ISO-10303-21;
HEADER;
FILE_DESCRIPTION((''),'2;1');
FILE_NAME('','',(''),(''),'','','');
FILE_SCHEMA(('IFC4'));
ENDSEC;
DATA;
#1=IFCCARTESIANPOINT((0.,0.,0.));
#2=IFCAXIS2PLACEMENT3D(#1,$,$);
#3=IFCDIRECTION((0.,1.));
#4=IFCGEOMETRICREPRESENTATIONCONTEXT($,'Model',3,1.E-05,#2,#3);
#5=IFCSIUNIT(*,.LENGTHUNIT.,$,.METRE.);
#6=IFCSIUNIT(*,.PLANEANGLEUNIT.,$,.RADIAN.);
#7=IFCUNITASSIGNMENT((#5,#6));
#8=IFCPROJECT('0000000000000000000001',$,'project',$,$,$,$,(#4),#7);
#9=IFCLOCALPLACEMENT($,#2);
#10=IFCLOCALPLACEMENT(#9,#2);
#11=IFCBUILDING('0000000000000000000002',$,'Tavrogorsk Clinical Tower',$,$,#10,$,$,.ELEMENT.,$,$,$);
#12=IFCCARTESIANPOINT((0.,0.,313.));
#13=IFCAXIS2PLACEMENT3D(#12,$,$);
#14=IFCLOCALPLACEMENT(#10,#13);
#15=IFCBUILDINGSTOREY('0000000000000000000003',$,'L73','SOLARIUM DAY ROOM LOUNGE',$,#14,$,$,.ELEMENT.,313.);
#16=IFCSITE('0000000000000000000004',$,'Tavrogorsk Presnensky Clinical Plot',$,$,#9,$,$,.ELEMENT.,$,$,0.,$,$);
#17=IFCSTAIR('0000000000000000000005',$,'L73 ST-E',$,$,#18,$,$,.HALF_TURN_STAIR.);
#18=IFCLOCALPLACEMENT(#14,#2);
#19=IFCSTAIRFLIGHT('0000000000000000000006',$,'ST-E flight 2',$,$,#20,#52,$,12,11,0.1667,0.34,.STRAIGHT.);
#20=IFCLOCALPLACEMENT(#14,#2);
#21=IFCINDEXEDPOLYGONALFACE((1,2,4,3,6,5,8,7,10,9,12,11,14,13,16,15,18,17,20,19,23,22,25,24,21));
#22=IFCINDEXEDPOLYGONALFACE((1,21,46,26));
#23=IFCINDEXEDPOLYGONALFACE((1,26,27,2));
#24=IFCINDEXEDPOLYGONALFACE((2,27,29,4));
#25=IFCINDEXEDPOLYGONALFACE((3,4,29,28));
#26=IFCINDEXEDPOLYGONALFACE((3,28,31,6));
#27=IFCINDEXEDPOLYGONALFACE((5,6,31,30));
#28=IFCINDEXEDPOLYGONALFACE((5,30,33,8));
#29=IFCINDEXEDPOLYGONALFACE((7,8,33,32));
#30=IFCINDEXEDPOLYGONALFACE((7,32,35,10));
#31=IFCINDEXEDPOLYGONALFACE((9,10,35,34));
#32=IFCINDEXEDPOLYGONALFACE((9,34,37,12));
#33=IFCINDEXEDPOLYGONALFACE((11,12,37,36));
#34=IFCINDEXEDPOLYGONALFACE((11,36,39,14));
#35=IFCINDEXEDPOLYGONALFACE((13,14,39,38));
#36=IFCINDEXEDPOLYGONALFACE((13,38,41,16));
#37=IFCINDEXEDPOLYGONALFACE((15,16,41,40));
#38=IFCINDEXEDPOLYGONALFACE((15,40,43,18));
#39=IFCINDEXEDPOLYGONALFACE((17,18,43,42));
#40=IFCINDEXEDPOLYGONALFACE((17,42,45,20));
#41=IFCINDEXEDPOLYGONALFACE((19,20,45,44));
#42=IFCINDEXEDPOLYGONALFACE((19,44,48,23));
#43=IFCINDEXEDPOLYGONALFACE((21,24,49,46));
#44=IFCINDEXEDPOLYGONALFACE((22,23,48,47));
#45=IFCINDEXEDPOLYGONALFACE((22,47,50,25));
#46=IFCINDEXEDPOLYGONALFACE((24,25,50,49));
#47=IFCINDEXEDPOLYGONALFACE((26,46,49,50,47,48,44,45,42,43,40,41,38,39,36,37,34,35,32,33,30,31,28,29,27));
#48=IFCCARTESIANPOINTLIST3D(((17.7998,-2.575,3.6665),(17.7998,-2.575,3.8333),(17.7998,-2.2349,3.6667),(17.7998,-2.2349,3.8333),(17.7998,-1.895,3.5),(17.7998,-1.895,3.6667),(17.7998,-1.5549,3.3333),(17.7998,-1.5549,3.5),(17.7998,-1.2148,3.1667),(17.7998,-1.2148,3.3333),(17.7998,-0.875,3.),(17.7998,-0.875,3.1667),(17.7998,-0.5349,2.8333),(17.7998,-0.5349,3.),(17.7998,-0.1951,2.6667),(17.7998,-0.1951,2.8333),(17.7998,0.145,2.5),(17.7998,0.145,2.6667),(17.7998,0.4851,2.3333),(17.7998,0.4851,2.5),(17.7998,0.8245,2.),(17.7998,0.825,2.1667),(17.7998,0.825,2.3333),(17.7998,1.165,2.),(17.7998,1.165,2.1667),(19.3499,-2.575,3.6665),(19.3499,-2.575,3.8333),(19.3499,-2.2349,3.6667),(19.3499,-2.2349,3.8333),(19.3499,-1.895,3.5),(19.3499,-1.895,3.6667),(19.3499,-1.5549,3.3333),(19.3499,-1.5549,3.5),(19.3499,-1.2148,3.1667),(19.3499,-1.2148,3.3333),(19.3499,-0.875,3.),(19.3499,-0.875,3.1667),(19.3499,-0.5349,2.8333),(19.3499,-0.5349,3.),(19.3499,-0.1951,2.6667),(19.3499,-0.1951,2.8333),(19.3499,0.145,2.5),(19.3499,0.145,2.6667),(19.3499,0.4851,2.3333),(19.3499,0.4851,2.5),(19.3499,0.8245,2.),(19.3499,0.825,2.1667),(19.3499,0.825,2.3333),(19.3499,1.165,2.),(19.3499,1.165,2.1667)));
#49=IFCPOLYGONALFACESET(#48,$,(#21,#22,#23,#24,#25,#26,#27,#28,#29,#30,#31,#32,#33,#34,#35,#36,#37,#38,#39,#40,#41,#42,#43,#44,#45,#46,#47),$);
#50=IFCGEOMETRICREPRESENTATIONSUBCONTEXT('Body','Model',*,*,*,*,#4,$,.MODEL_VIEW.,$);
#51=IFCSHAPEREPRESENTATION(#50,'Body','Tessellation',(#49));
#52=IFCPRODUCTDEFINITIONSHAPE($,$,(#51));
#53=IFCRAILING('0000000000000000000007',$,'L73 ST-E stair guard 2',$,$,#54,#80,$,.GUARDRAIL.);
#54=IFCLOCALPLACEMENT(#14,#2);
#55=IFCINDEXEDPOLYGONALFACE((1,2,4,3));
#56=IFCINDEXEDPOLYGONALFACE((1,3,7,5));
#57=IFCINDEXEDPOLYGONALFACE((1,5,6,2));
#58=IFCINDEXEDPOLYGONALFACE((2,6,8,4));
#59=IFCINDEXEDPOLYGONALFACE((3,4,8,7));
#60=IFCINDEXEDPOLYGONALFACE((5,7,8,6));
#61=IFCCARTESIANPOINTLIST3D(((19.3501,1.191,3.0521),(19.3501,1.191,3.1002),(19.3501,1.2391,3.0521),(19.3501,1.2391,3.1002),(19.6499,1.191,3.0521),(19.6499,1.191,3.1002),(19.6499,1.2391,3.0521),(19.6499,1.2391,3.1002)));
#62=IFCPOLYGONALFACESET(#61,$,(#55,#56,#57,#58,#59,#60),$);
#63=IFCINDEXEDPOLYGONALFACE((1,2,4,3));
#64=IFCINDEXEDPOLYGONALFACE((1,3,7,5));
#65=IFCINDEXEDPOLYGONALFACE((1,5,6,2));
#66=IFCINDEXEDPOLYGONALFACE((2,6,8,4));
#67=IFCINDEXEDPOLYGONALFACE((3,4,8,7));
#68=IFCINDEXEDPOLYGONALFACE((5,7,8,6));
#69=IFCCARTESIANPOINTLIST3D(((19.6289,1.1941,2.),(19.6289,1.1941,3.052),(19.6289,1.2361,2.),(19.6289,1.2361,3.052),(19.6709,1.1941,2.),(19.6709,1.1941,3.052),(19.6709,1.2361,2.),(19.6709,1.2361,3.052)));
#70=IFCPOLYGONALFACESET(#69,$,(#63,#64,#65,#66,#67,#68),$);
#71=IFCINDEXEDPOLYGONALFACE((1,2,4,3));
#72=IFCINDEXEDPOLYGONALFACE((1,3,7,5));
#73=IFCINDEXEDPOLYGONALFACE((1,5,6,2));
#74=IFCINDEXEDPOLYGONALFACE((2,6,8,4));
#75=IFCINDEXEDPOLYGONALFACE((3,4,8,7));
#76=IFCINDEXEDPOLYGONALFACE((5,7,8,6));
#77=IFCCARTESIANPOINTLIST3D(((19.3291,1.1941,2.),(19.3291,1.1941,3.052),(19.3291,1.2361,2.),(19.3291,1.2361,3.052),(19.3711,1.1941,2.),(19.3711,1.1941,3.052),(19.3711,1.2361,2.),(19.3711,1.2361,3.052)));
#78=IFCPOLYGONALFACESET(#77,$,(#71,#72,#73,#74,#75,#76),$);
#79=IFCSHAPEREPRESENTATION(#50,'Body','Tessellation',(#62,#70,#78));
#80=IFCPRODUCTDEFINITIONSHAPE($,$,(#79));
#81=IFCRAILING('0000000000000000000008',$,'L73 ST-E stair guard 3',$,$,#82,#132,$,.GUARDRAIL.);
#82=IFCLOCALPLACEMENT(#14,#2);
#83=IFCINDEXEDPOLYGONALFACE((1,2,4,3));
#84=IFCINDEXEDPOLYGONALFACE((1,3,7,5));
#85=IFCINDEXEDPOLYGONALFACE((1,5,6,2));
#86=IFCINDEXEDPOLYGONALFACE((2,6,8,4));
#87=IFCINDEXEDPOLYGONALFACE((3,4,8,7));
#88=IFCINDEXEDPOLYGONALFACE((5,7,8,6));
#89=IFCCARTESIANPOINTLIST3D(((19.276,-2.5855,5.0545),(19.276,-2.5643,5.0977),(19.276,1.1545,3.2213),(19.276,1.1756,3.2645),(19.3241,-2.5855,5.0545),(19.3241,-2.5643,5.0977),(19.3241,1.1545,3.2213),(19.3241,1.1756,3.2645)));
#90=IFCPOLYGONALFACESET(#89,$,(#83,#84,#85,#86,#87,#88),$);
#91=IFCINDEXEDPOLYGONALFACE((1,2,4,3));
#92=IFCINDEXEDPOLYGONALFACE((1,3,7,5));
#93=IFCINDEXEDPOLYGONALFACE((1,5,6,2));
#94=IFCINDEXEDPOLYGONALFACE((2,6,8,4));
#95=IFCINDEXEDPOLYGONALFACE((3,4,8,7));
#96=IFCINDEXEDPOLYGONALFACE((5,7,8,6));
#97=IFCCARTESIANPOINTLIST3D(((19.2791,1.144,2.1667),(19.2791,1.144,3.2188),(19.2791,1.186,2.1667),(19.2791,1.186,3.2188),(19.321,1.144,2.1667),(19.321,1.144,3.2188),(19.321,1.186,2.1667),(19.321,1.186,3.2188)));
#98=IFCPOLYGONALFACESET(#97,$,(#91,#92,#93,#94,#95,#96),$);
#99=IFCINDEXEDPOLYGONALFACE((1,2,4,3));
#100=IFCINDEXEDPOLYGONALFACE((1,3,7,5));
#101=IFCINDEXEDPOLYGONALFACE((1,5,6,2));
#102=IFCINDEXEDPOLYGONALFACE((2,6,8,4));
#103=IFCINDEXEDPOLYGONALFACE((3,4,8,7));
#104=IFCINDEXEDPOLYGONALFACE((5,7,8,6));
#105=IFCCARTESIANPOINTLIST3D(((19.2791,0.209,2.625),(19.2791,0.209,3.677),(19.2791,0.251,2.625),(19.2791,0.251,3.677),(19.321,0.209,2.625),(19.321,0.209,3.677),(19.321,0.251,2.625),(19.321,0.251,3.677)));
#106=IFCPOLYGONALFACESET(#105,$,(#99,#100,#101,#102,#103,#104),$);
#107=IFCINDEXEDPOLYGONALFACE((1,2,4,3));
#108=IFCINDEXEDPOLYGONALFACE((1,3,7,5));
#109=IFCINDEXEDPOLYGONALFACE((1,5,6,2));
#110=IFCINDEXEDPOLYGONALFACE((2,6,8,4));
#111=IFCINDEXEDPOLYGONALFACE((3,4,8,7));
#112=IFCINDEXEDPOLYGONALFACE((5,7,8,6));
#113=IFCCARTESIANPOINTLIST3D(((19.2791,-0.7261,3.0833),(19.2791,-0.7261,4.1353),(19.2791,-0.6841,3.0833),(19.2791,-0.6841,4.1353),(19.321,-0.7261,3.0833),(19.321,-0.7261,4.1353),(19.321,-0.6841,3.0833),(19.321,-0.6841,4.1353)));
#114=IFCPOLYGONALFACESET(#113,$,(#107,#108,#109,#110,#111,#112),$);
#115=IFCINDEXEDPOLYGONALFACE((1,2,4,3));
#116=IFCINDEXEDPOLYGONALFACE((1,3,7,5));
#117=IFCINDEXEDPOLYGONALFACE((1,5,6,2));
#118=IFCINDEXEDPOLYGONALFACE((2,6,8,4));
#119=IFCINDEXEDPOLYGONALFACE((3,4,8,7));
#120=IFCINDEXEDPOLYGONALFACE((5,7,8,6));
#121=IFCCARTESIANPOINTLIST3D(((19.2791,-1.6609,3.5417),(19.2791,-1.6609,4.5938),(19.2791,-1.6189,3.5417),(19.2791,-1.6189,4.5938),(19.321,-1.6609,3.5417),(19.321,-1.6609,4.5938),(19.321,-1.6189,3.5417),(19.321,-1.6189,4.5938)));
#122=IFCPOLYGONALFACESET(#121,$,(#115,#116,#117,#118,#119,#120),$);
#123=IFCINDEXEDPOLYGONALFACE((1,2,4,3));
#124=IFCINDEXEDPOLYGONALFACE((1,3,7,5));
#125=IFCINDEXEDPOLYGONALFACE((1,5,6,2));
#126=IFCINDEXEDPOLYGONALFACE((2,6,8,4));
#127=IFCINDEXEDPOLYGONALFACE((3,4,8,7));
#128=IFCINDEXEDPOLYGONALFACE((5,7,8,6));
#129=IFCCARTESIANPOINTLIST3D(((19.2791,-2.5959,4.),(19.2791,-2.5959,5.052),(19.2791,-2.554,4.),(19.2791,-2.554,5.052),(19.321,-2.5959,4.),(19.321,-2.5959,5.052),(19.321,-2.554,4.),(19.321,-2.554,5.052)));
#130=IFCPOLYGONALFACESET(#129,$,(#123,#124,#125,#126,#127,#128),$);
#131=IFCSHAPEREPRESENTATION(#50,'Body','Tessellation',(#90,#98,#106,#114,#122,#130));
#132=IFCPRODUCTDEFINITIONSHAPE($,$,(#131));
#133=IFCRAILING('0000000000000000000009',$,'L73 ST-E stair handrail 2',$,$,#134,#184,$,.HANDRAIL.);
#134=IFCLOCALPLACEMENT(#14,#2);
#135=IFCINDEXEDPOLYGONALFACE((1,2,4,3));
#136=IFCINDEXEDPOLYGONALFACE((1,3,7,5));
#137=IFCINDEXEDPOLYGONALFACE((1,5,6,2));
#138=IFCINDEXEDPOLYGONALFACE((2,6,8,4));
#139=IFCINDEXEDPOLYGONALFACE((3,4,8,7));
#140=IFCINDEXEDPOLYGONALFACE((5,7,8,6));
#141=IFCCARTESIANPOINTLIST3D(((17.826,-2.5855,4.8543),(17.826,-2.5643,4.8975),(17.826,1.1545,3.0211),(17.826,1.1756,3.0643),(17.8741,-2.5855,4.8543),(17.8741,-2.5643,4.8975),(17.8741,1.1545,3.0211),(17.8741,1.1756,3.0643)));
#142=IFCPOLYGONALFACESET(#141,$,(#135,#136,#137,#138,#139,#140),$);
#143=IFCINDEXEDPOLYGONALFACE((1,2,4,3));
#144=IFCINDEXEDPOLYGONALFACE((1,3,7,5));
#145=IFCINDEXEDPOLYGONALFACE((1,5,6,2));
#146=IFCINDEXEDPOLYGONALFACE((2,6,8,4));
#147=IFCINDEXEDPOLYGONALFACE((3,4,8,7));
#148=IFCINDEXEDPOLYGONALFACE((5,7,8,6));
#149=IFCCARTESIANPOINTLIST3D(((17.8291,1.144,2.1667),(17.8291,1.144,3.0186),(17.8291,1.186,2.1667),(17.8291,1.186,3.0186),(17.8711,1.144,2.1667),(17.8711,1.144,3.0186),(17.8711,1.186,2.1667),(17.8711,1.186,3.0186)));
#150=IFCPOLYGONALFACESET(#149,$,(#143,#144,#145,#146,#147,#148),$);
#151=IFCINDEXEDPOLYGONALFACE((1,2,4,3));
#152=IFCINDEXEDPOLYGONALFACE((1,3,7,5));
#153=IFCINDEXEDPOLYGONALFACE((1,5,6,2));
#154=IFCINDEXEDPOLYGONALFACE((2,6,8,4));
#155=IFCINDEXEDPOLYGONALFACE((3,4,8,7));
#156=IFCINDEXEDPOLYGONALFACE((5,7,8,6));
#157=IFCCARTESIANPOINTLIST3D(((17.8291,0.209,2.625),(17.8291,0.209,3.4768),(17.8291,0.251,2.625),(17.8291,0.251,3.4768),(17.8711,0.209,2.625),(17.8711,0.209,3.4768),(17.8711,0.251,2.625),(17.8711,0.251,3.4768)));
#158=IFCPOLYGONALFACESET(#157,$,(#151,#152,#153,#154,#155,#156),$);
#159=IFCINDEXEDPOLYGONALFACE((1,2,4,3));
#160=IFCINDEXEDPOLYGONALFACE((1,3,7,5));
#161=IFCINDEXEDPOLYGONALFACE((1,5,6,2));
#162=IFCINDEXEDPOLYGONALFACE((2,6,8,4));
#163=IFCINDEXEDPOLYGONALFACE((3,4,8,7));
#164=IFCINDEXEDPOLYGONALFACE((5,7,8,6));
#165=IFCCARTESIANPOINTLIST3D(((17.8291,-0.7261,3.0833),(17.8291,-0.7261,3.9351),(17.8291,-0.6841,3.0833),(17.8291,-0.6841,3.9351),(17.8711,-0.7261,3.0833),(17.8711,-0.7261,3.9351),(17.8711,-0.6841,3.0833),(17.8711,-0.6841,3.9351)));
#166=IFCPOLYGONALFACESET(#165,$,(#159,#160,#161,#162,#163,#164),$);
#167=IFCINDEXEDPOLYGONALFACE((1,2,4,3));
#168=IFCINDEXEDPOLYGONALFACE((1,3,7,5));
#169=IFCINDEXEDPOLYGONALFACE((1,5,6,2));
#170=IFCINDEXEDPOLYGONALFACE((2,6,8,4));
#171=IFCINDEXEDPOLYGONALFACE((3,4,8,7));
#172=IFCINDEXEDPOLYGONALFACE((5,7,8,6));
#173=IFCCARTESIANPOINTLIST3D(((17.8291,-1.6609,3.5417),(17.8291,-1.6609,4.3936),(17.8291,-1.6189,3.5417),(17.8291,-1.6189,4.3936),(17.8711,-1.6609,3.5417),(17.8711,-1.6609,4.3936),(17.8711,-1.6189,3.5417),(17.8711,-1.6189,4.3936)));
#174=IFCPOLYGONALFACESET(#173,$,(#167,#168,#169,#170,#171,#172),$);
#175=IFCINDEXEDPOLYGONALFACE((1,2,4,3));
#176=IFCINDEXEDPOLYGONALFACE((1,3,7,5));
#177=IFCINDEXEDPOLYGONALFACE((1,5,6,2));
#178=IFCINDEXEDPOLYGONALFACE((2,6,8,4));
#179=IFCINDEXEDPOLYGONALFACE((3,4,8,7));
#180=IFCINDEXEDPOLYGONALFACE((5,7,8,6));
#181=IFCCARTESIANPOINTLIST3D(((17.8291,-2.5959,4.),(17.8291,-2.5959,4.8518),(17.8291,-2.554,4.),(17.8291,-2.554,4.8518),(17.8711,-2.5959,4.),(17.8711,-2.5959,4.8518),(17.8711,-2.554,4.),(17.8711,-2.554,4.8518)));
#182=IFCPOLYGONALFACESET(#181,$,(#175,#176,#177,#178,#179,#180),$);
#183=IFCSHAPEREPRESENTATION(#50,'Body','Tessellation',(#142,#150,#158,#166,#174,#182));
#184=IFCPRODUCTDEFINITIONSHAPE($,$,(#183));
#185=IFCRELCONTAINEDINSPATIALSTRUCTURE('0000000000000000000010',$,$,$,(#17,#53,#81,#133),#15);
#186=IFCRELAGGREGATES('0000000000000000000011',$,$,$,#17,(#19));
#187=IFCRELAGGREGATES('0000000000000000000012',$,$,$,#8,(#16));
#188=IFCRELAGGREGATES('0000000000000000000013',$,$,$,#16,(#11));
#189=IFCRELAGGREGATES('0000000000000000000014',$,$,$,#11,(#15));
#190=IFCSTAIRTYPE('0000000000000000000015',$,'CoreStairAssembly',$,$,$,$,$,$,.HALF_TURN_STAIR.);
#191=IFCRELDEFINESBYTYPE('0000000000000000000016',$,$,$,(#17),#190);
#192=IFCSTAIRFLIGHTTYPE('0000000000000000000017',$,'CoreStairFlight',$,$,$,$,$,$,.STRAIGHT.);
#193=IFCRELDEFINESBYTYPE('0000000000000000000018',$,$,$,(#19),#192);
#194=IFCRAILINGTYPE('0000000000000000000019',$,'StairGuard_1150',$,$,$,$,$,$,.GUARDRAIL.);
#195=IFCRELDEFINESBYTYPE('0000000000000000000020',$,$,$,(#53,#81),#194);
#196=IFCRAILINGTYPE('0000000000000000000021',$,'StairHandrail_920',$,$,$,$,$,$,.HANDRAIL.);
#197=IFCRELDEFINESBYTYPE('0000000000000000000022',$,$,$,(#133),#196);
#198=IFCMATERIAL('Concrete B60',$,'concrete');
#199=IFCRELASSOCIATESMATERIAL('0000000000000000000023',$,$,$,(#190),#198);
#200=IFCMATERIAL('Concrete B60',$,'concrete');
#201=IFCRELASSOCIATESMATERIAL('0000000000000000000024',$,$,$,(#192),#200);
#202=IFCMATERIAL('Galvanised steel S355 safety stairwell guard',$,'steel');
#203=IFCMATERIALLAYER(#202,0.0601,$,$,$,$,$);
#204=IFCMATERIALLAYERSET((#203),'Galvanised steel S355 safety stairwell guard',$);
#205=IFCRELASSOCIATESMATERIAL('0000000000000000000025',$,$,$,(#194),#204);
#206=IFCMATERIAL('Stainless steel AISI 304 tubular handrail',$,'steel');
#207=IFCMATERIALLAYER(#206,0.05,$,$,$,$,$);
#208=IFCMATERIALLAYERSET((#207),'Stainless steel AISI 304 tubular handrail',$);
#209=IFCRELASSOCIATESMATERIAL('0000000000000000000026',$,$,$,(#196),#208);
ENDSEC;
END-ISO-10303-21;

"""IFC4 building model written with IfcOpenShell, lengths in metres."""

from ifc_helpers import new_model, si_unit, direction, frame, origin, origin_2d, place, context, subcontext, project, spatial, polyline, rectangle, outline, extrude, material, layer, layer_set, type_object, element, aggregate, save


model = new_model("IFC4")

# Units and contexts
model_context = context("Model", 3, precision=1e-05, world=origin(), true_north=direction((0.0, 1.0)))
body_context = subcontext(model_context, "Body", "Model", "MODEL_VIEW")
ifc_project = project(units=[si_unit("LENGTHUNIT", "METRE"), si_unit("PLANEANGLEUNIT", "RADIAN")], contexts=[model_context])

# Site, building, storey
site_placement = place(None, origin())
site = spatial("IfcSite", under=ifc_project, at=site_placement, Name="Tavrogorsk Presnensky Clinical Plot", CompositionType="ELEMENT", RefElevation=0.0)
building_placement = place(site_placement, origin())
building = spatial("IfcBuilding", under=site, at=building_placement, Name="Tavrogorsk Clinical Tower", CompositionType="ELEMENT")
storey_placement = place(building_placement, frame((0.0, 0.0, 313.0)))
storey = spatial("IfcBuildingStorey", under=building, at=storey_placement, Name="L73", Description="SOLARIUM DAY ROOM LOUNGE", CompositionType="ELEMENT", Elevation=313.0)

# Stair, stair flight
ifc_material_1 = material(Name="Concrete B60", Category="concrete")
stair_type = type_object("IfcStairType", Name="CoreStairAssembly", PredefinedType="HALF_TURN_STAIR", material=ifc_material_1)
stair_placement = place(storey_placement, origin())
stair = element("IfcStair", 1, at=stair_placement, inside=storey, type_object=stair_type, Name="L73 ST-E", PredefinedType="HALF_TURN_STAIR")
ifc_material_2 = material(Name="Concrete B60", Category="concrete")
stair_flight_type = type_object("IfcStairFlightType", Name="CoreStairFlight", PredefinedType="STRAIGHT", material=ifc_material_2)
stair_flight_placement = place(storey_placement, frame((18.575, 1.165, 2.0), z_axis=(0.0, 0.0, 1.0), x_axis=(0.0, -1.0, 0.0)))
stair_flight = element("IfcStairFlight", 2, at=stair_flight_placement, type_object=stair_flight_type, Name="ST-E flight 2", NumberOfRisers=12, NumberOfTreads=11, PredefinedType="STRAIGHT", RiserHeight=0.1667, TreadLength=0.34, context=body_context, shape_type="SweptSolid", body=[
    extrude(outline(polyline([(0.0, 0.0), (0.0, 0.1667), (0.3401, 0.1667), (0.3401, 0.3333), (0.6799, 0.3333), (0.6799, 0.5), (1.02, 0.5), (1.02, 0.6667), (1.3601, 0.6667), (1.3601, 0.8333), (1.7, 0.8333), (1.7, 1.0), (2.04, 1.0), (2.04, 1.1667), (2.3799, 1.1667), (2.3799, 1.3333), (2.72, 1.3333), (2.72, 1.5), (3.0601, 1.5), (3.0601, 1.6667), (3.3999, 1.6667), (3.3999, 1.8333), (3.74, 1.8333), (3.74, 2.0), (3.74, 1.6665), (0.3406, 0.0), (0.0, 0.0)])), frame((0.0, 0.7749, 0.0), z_axis=(0.0, -1.0, 0.0), x_axis=(1.0, 0.0, 0.0)), (0.0, 0.0, 1.0), 1.55),
])
aggregate(stair, [stair_flight])

# Railings
ifc_material_3 = material(Name="Galvanised steel S355 safety stairwell guard", Category="steel")
ifc_layer_1 = layer(ifc_material_3, 0.0601)
ifc_layer_set_1 = layer_set([ifc_layer_1], Name="Galvanised steel S355 safety stairwell guard")
railing_type_1 = type_object("IfcRailingType", Name="StairGuard_1150", PredefinedType="GUARDRAIL", material=ifc_layer_set_1)
railing_1_placement = place(storey_placement, frame((19.6499, 1.2151, 2.0)))
element("IfcRailing", 3, at=railing_1_placement, inside=storey, type_object=railing_type_1, Name="L73 ST-E stair guard 2", PredefinedType="GUARDRAIL", context=body_context, shape_type="SweptSolid", body=[
    extrude(rectangle(XDim=0.0481, YDim=0.0481, at=origin_2d()), frame((0.0, 0.0, 1.0762), z_axis=(-1.0, 0.0, 0.0), x_axis=(0.0, -1.0, 0.0)), (0.0, 0.0, 1.0), 0.2998),
    extrude(rectangle(XDim=0.042, YDim=0.042, at=origin_2d()), origin(), (0.0, 0.0, 1.0), 1.052),
    extrude(rectangle(XDim=0.042, YDim=0.042, at=origin_2d()), frame((-0.2998, 0.0, 0.0)), (0.0, 0.0, 1.0), 1.052),
])
railing_2_placement = place(storey_placement, frame((19.3, 1.165, 2.1667)))
element("IfcRailing", 4, at=railing_2_placement, inside=storey, type_object=railing_type_1, Name="L73 ST-E stair guard 3", PredefinedType="GUARDRAIL", context=body_context, shape_type="SweptSolid", body=[
    extrude(rectangle(XDim=0.0481, YDim=0.0481, at=origin_2d()), frame((0.0, 0.0, 1.0762), z_axis=(0.0, -0.897928, 0.440142), x_axis=(1.0, 0.0, 0.0)), (0.0, 0.0, 1.0), 4.165),
    extrude(rectangle(XDim=0.042, YDim=0.042, at=origin_2d()), origin(), (0.0, 0.0, 1.0), 1.052),
    extrude(rectangle(XDim=0.042, YDim=0.042, at=origin_2d()), frame((0.0, -0.9351, 0.4583)), (0.0, 0.0, 1.0), 1.052),
    extrude(rectangle(XDim=0.042, YDim=0.042, at=origin_2d()), frame((0.0, -1.8701, 0.9165)), (0.0, 0.0, 1.0), 1.052),
    extrude(rectangle(XDim=0.042, YDim=0.042, at=origin_2d()), frame((0.0, -2.8049, 1.375)), (0.0, 0.0, 1.0), 1.052),
    extrude(rectangle(XDim=0.042, YDim=0.042, at=origin_2d()), frame((0.0, -3.74, 1.8333)), (0.0, 0.0, 1.0), 1.052),
])
ifc_material_4 = material(Name="Stainless steel AISI 304 tubular handrail", Category="steel")
ifc_layer_2 = layer(ifc_material_4, 0.05)
ifc_layer_set_2 = layer_set([ifc_layer_2], Name="Stainless steel AISI 304 tubular handrail")
railing_type_2 = type_object("IfcRailingType", Name="StairHandrail_920", PredefinedType="HANDRAIL", material=ifc_layer_set_2)
railing_3_placement = place(storey_placement, frame((17.8501, 1.165, 2.1667)))
element("IfcRailing", 5, at=railing_3_placement, inside=storey, type_object=railing_type_2, Name="L73 ST-E stair handrail 2", PredefinedType="HANDRAIL", context=body_context, shape_type="SweptSolid", body=[
    extrude(rectangle(XDim=0.0481, YDim=0.0481, at=origin_2d()), frame((0.0, 0.0, 0.876), z_axis=(0.0, -0.897928, 0.440142), x_axis=(1.0, 0.0, 0.0)), (0.0, 0.0, 1.0), 4.165),
    extrude(rectangle(XDim=0.042, YDim=0.042, at=origin_2d()), origin(), (0.0, 0.0, 1.0), 0.8518),
    extrude(rectangle(XDim=0.042, YDim=0.042, at=origin_2d()), frame((0.0, -0.9351, 0.4583)), (0.0, 0.0, 1.0), 0.8518),
    extrude(rectangle(XDim=0.042, YDim=0.042, at=origin_2d()), frame((0.0, -1.8701, 0.9165)), (0.0, 0.0, 1.0), 0.8518),
    extrude(rectangle(XDim=0.042, YDim=0.042, at=origin_2d()), frame((0.0, -2.8049, 1.375)), (0.0, 0.0, 1.0), 0.8518),
    extrude(rectangle(XDim=0.042, YDim=0.042, at=origin_2d()), frame((0.0, -3.74, 1.8333)), (0.0, 0.0, 1.0), 0.8518),
])

save(model, "model.ifc")
